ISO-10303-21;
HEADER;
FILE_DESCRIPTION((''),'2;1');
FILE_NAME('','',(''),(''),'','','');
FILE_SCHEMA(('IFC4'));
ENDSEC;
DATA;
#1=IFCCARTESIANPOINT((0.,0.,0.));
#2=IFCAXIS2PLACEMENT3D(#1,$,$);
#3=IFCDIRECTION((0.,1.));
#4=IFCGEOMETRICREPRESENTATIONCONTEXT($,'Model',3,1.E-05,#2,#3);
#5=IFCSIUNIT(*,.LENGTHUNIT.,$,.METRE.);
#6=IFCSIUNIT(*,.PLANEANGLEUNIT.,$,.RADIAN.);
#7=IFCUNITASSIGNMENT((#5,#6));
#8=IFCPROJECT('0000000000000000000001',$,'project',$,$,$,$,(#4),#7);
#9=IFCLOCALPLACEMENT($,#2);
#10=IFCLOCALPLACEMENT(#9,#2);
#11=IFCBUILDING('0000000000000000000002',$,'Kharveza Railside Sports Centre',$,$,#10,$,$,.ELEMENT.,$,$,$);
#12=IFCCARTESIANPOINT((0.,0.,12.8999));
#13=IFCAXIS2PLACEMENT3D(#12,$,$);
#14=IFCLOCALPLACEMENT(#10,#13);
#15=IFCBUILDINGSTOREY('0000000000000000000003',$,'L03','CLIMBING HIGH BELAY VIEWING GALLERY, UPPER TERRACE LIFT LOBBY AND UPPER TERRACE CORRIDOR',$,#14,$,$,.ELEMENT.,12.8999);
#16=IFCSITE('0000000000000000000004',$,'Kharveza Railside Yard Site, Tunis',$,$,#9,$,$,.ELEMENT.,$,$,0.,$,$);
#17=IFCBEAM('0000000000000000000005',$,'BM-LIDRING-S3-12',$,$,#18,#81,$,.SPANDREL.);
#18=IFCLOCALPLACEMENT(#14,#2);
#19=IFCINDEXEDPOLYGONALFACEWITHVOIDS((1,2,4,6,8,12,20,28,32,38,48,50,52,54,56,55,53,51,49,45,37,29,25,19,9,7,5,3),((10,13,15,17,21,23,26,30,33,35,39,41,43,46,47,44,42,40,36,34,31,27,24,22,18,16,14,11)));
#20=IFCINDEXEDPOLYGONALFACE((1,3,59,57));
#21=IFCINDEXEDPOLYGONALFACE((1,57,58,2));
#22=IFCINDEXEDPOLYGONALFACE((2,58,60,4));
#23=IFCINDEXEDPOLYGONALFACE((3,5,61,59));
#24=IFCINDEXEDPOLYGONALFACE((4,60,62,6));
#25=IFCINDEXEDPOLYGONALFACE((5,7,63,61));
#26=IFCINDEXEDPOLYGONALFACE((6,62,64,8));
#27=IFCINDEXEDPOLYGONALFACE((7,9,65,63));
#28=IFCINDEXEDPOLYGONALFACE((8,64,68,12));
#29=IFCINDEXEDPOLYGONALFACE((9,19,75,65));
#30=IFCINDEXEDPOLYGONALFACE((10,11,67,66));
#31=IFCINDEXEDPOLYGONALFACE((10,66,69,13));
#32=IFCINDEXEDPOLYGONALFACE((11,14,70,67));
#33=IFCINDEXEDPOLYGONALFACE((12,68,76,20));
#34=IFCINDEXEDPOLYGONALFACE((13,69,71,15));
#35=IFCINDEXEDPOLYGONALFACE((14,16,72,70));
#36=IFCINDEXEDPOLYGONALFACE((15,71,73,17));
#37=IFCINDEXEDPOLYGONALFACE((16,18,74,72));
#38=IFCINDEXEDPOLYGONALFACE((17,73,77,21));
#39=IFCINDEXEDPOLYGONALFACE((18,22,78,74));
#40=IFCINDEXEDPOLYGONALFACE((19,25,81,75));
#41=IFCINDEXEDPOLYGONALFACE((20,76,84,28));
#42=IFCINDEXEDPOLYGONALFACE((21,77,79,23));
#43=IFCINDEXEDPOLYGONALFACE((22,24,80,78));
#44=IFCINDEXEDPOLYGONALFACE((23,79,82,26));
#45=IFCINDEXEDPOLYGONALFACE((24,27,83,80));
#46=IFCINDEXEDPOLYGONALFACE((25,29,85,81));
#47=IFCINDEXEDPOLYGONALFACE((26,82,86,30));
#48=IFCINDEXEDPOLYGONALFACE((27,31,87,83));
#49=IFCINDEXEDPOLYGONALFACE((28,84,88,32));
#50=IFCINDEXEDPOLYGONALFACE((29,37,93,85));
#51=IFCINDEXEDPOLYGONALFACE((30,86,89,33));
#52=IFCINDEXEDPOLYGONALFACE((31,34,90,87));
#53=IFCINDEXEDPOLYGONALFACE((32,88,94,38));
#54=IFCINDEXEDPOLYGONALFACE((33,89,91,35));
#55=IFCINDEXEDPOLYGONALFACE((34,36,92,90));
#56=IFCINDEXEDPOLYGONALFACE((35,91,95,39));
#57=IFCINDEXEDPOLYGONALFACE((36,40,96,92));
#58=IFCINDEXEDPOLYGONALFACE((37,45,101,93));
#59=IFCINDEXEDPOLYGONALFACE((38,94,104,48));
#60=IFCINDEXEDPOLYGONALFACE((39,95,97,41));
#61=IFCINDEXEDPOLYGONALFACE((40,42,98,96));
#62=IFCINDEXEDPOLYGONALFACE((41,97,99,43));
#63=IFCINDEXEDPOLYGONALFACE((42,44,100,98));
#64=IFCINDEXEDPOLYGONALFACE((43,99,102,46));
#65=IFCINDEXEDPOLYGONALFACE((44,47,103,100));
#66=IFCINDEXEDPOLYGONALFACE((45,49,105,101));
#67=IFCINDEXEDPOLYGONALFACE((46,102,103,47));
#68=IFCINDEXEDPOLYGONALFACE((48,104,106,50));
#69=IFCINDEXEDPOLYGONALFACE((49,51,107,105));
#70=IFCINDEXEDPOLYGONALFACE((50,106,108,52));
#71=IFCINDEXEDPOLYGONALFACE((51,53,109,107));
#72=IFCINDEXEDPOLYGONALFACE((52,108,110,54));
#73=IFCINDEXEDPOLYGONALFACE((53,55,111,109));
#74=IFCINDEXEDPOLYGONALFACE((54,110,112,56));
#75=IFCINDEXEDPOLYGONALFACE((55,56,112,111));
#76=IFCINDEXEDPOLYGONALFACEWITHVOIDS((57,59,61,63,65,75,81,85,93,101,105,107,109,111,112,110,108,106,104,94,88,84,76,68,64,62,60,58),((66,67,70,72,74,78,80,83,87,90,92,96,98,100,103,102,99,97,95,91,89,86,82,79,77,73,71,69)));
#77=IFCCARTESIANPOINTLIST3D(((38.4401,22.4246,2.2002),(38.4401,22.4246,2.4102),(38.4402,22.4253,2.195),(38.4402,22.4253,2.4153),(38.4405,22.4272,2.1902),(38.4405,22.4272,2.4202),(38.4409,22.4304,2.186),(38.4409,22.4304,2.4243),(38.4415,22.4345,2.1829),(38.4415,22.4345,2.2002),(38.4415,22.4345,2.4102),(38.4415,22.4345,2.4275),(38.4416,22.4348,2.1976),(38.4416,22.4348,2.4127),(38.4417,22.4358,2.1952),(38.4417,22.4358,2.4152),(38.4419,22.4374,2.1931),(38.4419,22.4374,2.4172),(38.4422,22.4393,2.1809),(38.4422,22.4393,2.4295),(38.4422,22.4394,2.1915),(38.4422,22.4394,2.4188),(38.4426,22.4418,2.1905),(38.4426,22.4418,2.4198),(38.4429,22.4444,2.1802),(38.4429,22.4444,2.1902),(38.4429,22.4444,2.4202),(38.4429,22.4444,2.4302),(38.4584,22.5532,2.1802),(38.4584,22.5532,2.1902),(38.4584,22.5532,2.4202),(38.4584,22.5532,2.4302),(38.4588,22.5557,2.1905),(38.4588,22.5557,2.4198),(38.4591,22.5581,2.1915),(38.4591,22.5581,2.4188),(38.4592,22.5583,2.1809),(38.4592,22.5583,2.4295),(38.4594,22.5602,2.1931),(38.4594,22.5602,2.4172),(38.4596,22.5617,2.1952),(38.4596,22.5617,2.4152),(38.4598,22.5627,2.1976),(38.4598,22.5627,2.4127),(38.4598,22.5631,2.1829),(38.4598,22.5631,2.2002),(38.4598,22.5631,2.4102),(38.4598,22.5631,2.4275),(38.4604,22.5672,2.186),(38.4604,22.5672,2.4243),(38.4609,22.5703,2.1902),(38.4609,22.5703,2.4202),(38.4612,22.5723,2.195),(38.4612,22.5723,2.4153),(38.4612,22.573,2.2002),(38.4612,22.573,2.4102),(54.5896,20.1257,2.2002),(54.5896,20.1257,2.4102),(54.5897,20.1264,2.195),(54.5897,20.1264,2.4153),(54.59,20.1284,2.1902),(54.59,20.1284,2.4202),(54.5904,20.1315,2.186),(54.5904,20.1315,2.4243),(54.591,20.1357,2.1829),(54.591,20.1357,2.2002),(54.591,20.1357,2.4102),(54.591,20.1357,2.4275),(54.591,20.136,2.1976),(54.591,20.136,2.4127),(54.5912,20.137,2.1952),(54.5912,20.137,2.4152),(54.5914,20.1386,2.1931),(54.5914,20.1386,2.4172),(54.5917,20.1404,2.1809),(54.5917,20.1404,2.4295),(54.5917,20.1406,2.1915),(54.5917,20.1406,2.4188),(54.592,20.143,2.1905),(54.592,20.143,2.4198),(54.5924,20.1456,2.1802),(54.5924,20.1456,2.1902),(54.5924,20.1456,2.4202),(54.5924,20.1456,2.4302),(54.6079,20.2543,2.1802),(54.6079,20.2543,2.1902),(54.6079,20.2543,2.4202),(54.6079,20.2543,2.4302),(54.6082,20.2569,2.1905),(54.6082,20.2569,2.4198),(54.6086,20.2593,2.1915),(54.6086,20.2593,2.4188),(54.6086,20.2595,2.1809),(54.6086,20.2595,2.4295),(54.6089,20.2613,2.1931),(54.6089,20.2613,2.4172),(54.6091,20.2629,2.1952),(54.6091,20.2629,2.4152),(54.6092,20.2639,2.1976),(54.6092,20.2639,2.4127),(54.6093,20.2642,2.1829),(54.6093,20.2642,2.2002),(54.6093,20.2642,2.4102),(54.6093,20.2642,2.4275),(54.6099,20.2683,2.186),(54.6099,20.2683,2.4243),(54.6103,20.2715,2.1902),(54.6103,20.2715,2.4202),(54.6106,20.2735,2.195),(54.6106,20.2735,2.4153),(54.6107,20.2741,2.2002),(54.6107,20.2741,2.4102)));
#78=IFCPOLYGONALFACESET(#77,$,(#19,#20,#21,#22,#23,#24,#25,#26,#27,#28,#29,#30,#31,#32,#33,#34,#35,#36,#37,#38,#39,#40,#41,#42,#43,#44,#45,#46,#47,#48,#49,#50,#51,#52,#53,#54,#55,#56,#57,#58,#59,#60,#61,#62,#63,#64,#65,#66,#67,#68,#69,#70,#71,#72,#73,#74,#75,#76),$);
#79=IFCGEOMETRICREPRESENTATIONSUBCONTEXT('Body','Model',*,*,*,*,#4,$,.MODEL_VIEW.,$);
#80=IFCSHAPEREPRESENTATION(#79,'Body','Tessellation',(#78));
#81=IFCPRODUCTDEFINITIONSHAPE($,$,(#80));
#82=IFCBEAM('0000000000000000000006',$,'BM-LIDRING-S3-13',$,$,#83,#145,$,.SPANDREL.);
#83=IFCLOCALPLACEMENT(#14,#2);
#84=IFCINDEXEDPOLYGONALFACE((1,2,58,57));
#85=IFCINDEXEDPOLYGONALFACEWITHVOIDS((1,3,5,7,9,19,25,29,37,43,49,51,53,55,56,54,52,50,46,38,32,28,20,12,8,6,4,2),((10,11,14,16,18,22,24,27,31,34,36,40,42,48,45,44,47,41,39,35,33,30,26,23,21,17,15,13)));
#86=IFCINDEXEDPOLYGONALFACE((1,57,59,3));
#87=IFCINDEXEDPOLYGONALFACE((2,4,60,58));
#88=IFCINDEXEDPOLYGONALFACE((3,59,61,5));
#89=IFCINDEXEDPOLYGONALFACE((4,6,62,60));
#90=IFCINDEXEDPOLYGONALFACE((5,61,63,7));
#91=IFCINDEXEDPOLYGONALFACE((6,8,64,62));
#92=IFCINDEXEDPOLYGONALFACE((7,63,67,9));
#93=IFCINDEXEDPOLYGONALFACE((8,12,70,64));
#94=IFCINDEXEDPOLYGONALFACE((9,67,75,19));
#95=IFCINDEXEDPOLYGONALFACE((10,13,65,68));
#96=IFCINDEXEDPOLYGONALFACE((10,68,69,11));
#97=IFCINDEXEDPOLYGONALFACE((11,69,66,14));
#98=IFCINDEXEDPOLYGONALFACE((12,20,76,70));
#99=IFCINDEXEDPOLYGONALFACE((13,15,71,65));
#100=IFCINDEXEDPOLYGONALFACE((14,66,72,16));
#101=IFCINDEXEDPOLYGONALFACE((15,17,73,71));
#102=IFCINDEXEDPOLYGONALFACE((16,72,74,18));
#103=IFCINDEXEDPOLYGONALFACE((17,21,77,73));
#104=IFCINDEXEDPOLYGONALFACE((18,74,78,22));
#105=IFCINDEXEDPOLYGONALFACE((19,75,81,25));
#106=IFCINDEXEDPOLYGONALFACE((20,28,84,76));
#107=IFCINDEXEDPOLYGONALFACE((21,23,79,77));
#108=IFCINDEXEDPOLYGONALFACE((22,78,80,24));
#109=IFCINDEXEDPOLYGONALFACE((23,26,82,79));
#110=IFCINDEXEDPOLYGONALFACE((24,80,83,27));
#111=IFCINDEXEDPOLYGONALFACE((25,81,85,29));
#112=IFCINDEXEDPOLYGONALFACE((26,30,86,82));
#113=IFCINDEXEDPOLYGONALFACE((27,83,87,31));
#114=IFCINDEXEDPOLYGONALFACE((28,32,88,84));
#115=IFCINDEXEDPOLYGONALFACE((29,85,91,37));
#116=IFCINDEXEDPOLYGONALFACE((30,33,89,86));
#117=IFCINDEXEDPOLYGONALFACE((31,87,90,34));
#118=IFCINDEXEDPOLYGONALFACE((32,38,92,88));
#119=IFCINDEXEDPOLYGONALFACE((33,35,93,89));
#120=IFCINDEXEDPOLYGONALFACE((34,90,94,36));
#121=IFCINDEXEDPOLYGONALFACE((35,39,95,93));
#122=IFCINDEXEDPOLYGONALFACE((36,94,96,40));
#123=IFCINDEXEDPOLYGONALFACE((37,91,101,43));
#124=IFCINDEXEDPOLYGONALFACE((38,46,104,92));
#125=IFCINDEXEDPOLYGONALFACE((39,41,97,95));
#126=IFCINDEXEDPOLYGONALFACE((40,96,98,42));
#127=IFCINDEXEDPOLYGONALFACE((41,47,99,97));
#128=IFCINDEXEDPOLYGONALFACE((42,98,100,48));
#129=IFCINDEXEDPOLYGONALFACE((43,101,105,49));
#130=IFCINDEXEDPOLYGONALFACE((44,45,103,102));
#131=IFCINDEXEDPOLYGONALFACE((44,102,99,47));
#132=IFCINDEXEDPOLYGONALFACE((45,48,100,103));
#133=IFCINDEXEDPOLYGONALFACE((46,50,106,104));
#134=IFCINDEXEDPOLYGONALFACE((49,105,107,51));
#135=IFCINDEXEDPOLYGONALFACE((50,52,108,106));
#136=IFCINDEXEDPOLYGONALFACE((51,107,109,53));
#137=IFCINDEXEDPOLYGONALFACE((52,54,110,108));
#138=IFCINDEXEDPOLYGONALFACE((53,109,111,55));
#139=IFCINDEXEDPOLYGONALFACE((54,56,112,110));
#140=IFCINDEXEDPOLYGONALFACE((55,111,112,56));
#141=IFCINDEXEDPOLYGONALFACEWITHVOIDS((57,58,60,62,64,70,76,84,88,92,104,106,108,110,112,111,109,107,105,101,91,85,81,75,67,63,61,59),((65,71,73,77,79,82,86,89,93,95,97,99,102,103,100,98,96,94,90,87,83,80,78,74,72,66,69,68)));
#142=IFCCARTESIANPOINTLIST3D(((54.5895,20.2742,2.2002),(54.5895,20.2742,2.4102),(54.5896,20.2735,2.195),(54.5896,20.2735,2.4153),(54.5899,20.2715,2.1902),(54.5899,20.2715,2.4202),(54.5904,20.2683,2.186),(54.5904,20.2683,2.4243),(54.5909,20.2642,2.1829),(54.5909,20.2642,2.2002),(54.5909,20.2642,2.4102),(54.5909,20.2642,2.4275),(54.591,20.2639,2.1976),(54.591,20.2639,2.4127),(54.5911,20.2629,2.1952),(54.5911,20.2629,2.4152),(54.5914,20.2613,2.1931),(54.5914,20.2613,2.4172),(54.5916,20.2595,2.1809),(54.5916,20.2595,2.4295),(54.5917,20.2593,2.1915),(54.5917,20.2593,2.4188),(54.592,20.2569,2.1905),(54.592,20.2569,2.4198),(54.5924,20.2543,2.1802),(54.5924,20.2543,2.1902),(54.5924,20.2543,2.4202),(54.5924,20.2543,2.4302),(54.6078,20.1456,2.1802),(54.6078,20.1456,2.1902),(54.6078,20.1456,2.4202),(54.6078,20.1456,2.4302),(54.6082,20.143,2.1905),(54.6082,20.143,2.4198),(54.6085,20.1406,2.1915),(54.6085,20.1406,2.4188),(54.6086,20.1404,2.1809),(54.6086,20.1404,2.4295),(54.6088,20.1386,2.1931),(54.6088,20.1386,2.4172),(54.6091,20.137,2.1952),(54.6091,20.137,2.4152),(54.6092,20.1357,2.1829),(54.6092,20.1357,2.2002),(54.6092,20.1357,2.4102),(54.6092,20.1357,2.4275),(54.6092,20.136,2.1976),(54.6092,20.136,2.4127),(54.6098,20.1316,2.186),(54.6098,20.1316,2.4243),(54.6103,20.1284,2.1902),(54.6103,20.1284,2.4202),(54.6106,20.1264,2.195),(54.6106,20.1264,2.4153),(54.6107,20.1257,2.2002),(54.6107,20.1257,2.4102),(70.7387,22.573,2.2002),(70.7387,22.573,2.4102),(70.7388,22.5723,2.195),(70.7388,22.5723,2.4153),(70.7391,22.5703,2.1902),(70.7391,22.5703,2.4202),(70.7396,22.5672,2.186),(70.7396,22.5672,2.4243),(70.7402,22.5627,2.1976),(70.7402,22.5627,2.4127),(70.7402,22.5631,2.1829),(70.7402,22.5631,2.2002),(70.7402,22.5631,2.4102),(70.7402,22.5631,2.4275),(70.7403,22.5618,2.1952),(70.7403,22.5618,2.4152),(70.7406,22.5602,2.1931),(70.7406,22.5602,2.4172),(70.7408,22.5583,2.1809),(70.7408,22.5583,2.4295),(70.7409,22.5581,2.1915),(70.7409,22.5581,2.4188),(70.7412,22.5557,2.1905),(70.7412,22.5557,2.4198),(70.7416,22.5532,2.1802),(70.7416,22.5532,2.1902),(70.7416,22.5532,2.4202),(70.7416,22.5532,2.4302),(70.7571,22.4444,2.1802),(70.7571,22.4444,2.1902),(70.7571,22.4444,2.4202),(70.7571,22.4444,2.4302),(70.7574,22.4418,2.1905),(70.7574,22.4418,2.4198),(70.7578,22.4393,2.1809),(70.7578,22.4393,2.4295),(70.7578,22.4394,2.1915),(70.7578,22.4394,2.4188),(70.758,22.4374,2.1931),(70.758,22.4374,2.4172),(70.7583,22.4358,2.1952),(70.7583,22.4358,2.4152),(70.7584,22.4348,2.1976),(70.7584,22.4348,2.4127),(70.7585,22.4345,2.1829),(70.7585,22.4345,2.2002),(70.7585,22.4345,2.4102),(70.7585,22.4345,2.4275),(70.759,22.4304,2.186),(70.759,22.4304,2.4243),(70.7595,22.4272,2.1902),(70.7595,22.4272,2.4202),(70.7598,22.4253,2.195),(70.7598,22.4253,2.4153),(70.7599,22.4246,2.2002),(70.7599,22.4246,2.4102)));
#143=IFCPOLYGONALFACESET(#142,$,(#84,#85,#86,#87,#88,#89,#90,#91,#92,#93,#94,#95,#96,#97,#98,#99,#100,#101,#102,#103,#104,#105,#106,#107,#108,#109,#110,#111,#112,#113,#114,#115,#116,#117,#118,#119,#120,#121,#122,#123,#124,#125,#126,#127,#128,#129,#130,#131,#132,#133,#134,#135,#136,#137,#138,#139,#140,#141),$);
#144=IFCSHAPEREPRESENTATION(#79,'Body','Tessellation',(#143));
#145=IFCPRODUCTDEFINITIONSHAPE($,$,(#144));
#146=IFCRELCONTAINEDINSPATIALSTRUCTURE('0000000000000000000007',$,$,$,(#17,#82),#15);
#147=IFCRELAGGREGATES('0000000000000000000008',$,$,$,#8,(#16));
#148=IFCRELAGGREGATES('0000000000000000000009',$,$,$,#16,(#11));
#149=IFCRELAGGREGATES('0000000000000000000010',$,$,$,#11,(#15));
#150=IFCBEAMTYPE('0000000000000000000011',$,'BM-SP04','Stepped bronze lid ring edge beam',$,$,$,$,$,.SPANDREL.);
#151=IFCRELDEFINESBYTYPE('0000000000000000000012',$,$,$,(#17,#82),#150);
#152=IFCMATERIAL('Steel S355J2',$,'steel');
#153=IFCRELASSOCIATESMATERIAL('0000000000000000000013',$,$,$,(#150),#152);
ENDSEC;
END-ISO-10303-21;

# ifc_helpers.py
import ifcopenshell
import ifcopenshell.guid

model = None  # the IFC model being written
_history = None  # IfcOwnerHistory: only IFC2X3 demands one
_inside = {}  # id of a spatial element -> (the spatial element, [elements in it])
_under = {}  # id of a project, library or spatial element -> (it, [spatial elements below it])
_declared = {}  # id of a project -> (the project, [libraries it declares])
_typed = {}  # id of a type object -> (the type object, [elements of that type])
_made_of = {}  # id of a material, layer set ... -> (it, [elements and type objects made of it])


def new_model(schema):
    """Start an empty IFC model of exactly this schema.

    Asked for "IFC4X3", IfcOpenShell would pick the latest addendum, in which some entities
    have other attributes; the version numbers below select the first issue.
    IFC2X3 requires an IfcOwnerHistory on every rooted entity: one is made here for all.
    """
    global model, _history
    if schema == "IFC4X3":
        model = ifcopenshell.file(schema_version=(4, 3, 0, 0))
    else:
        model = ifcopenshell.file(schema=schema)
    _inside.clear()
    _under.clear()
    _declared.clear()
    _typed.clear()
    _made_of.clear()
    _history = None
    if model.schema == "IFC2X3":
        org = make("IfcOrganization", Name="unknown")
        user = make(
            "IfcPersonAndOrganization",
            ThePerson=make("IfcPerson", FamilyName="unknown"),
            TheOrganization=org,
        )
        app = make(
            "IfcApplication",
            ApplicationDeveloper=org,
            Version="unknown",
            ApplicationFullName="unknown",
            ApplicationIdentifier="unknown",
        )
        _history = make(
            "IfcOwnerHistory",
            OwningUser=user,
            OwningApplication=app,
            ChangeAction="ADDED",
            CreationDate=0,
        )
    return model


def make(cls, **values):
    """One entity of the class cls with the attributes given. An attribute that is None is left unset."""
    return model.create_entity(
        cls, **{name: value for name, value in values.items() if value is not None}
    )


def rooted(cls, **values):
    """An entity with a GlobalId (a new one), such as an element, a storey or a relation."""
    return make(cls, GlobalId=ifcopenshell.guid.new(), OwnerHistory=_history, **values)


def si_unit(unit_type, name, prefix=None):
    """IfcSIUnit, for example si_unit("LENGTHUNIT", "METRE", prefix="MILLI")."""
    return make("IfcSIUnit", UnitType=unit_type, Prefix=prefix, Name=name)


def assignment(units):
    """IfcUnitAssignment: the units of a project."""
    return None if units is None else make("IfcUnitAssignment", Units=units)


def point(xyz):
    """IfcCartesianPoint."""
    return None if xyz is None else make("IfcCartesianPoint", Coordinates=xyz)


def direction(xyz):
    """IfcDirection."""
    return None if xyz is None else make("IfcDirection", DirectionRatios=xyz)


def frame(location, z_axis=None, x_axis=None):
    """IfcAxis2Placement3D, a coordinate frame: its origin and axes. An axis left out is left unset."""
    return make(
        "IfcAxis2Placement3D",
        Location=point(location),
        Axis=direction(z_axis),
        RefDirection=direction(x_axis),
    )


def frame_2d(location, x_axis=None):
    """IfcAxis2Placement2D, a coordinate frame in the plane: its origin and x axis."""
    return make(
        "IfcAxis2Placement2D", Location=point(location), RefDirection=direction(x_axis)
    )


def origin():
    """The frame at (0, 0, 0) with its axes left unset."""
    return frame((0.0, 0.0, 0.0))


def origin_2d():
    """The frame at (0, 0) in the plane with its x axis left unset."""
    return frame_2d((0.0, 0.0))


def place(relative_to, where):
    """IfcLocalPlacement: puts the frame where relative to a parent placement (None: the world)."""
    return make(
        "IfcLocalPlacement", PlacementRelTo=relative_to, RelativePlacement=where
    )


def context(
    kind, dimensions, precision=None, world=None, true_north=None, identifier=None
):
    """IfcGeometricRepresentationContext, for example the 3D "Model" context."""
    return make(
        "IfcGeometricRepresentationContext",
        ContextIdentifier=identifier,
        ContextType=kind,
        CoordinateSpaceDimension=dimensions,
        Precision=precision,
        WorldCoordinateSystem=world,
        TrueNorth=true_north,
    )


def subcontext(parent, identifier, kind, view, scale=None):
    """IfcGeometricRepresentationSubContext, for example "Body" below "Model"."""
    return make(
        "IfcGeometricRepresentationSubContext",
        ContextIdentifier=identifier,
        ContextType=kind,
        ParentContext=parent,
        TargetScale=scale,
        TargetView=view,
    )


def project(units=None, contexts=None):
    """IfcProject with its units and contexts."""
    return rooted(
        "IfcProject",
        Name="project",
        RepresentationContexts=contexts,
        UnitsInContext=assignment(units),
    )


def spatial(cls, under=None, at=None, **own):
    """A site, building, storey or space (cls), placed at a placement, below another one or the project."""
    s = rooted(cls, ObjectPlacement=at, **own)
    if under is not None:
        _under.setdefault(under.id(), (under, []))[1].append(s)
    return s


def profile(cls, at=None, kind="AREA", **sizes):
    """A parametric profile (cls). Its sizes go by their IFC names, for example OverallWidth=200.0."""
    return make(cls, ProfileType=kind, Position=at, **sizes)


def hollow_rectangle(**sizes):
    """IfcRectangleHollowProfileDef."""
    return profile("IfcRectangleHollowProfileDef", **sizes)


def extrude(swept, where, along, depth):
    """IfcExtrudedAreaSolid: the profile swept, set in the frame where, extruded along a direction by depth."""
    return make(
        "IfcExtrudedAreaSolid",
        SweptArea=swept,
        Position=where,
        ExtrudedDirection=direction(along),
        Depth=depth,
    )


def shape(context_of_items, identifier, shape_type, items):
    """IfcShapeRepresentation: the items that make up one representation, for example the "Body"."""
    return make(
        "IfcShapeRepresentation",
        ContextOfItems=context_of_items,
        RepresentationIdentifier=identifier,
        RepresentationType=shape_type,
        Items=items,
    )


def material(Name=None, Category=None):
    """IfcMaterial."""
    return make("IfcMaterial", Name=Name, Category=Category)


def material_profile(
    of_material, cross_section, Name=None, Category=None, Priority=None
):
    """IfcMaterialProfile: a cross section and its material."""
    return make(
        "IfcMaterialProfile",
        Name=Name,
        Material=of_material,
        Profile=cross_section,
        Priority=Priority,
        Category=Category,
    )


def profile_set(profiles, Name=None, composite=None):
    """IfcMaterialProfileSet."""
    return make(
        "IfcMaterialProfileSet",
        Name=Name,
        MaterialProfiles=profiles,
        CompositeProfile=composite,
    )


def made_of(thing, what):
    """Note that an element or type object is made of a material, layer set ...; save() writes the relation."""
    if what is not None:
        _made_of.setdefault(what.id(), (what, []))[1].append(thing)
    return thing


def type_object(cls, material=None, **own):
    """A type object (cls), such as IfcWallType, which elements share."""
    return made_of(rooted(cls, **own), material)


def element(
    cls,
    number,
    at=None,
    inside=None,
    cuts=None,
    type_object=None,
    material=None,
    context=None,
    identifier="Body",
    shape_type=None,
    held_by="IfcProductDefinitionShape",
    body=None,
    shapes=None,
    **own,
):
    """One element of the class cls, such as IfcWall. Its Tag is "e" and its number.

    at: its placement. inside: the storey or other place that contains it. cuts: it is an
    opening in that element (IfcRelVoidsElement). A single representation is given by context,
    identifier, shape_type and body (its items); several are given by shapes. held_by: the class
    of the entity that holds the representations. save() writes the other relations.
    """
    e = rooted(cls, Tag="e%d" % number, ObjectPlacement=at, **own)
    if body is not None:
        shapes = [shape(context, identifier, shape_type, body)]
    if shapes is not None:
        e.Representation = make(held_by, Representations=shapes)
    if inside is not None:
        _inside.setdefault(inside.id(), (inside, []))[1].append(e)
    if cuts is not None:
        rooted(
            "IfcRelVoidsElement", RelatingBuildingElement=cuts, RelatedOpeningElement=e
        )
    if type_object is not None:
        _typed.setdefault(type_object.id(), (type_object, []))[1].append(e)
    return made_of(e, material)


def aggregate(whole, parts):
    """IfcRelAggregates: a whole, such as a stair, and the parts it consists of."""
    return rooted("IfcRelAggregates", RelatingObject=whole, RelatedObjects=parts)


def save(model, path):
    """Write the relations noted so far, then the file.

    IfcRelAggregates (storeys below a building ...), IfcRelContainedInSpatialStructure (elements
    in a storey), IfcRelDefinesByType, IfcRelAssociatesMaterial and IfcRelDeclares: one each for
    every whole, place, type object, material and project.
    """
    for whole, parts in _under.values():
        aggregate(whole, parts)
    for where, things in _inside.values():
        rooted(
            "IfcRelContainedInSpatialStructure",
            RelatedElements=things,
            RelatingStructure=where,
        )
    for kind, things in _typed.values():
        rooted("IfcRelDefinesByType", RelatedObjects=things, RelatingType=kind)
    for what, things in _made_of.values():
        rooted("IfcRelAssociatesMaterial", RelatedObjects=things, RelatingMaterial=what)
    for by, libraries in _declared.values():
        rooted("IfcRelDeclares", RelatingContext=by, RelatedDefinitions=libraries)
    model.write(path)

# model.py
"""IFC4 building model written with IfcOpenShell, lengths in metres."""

from ifc_helpers import new_model, si_unit, direction, frame, origin, origin_2d, place, context, subcontext, project, spatial, hollow_rectangle, extrude, material, material_profile, profile_set, type_object, element, save


model = new_model("IFC4")

# Units and contexts
model_context = context("Model", 3, precision=1e-05, world=origin(), true_north=direction((0.0, 1.0)))
body_context = subcontext(model_context, "Body", "Model", "MODEL_VIEW")
ifc_project = project(units=[si_unit("LENGTHUNIT", "METRE"), si_unit("PLANEANGLEUNIT", "RADIAN")], contexts=[model_context])

# Site, building, storey
site_placement = place(None, origin())
site = spatial("IfcSite", under=ifc_project, at=site_placement, Name="Kharveza Railside Yard Site, Tunis", CompositionType="ELEMENT", RefElevation=0.0)
building_placement = place(site_placement, origin())
building = spatial("IfcBuilding", under=site, at=building_placement, Name="Kharveza Railside Sports Centre", CompositionType="ELEMENT")
storey_placement = place(building_placement, frame((0.0, 0.0, 12.8999)))
storey = spatial("IfcBuildingStorey", under=building, at=storey_placement, Name="L03", Description="CLIMBING HIGH BELAY VIEWING GALLERY, UPPER TERRACE LIFT LOBBY AND UPPER TERRACE CORRIDOR", CompositionType="ELEMENT", Elevation=12.8999)

# Beams
ifc_material_1 = material(Name="Steel S355J2", Category="steel")
ifc_material_profile_1 = material_profile(ifc_material_1, hollow_rectangle(XDim=0.1499, YDim=0.25, WallThickness=0.01, InnerFilletRadius=0.01, OuterFilletRadius=0.02, at=origin_2d()), Name="RHS 150x250x10.0")
ifc_profile_set_1 = profile_set([ifc_material_profile_1], Name="Steel S355J2")
beam_type = type_object("IfcBeamType", Name="BM-SP04", Description="Stepped bronze lid ring edge beam", PredefinedType="SPANDREL", material=ifc_profile_set_1)
beam_1_placement = place(storey_placement, frame((38.4507, 22.4988, 2.3052), z_axis=(0.99002, -0.140927, 0.0), x_axis=(0.140927, 0.99002, 0.0)))
element("IfcBeam", 1, at=beam_1_placement, inside=storey, type_object=beam_type, Name="BM-LIDRING-S3-12", PredefinedType="SPANDREL", context=body_context, shape_type="SweptSolid", body=[
    extrude(hollow_rectangle(XDim=0.1499, YDim=0.25, WallThickness=0.01, InnerFilletRadius=0.01, OuterFilletRadius=0.02, at=origin_2d()), origin(), (0.0, 0.0, 1.0), 16.3123),
])
beam_2_placement = place(storey_placement, frame((54.6001, 20.2, 2.3052), z_axis=(0.99002, 0.140929, 0.0), x_axis=(-0.140929, 0.99002, 0.0)))
element("IfcBeam", 2, at=beam_2_placement, inside=storey, type_object=beam_type, Name="BM-LIDRING-S3-13", PredefinedType="SPANDREL", context=body_context, shape_type="SweptSolid", body=[
    extrude(hollow_rectangle(XDim=0.1499, YDim=0.25, WallThickness=0.01, InnerFilletRadius=0.01, OuterFilletRadius=0.02, at=origin_2d()), origin(), (0.0, 0.0, 1.0), 16.312),
])

save(model, "model.ifc")
